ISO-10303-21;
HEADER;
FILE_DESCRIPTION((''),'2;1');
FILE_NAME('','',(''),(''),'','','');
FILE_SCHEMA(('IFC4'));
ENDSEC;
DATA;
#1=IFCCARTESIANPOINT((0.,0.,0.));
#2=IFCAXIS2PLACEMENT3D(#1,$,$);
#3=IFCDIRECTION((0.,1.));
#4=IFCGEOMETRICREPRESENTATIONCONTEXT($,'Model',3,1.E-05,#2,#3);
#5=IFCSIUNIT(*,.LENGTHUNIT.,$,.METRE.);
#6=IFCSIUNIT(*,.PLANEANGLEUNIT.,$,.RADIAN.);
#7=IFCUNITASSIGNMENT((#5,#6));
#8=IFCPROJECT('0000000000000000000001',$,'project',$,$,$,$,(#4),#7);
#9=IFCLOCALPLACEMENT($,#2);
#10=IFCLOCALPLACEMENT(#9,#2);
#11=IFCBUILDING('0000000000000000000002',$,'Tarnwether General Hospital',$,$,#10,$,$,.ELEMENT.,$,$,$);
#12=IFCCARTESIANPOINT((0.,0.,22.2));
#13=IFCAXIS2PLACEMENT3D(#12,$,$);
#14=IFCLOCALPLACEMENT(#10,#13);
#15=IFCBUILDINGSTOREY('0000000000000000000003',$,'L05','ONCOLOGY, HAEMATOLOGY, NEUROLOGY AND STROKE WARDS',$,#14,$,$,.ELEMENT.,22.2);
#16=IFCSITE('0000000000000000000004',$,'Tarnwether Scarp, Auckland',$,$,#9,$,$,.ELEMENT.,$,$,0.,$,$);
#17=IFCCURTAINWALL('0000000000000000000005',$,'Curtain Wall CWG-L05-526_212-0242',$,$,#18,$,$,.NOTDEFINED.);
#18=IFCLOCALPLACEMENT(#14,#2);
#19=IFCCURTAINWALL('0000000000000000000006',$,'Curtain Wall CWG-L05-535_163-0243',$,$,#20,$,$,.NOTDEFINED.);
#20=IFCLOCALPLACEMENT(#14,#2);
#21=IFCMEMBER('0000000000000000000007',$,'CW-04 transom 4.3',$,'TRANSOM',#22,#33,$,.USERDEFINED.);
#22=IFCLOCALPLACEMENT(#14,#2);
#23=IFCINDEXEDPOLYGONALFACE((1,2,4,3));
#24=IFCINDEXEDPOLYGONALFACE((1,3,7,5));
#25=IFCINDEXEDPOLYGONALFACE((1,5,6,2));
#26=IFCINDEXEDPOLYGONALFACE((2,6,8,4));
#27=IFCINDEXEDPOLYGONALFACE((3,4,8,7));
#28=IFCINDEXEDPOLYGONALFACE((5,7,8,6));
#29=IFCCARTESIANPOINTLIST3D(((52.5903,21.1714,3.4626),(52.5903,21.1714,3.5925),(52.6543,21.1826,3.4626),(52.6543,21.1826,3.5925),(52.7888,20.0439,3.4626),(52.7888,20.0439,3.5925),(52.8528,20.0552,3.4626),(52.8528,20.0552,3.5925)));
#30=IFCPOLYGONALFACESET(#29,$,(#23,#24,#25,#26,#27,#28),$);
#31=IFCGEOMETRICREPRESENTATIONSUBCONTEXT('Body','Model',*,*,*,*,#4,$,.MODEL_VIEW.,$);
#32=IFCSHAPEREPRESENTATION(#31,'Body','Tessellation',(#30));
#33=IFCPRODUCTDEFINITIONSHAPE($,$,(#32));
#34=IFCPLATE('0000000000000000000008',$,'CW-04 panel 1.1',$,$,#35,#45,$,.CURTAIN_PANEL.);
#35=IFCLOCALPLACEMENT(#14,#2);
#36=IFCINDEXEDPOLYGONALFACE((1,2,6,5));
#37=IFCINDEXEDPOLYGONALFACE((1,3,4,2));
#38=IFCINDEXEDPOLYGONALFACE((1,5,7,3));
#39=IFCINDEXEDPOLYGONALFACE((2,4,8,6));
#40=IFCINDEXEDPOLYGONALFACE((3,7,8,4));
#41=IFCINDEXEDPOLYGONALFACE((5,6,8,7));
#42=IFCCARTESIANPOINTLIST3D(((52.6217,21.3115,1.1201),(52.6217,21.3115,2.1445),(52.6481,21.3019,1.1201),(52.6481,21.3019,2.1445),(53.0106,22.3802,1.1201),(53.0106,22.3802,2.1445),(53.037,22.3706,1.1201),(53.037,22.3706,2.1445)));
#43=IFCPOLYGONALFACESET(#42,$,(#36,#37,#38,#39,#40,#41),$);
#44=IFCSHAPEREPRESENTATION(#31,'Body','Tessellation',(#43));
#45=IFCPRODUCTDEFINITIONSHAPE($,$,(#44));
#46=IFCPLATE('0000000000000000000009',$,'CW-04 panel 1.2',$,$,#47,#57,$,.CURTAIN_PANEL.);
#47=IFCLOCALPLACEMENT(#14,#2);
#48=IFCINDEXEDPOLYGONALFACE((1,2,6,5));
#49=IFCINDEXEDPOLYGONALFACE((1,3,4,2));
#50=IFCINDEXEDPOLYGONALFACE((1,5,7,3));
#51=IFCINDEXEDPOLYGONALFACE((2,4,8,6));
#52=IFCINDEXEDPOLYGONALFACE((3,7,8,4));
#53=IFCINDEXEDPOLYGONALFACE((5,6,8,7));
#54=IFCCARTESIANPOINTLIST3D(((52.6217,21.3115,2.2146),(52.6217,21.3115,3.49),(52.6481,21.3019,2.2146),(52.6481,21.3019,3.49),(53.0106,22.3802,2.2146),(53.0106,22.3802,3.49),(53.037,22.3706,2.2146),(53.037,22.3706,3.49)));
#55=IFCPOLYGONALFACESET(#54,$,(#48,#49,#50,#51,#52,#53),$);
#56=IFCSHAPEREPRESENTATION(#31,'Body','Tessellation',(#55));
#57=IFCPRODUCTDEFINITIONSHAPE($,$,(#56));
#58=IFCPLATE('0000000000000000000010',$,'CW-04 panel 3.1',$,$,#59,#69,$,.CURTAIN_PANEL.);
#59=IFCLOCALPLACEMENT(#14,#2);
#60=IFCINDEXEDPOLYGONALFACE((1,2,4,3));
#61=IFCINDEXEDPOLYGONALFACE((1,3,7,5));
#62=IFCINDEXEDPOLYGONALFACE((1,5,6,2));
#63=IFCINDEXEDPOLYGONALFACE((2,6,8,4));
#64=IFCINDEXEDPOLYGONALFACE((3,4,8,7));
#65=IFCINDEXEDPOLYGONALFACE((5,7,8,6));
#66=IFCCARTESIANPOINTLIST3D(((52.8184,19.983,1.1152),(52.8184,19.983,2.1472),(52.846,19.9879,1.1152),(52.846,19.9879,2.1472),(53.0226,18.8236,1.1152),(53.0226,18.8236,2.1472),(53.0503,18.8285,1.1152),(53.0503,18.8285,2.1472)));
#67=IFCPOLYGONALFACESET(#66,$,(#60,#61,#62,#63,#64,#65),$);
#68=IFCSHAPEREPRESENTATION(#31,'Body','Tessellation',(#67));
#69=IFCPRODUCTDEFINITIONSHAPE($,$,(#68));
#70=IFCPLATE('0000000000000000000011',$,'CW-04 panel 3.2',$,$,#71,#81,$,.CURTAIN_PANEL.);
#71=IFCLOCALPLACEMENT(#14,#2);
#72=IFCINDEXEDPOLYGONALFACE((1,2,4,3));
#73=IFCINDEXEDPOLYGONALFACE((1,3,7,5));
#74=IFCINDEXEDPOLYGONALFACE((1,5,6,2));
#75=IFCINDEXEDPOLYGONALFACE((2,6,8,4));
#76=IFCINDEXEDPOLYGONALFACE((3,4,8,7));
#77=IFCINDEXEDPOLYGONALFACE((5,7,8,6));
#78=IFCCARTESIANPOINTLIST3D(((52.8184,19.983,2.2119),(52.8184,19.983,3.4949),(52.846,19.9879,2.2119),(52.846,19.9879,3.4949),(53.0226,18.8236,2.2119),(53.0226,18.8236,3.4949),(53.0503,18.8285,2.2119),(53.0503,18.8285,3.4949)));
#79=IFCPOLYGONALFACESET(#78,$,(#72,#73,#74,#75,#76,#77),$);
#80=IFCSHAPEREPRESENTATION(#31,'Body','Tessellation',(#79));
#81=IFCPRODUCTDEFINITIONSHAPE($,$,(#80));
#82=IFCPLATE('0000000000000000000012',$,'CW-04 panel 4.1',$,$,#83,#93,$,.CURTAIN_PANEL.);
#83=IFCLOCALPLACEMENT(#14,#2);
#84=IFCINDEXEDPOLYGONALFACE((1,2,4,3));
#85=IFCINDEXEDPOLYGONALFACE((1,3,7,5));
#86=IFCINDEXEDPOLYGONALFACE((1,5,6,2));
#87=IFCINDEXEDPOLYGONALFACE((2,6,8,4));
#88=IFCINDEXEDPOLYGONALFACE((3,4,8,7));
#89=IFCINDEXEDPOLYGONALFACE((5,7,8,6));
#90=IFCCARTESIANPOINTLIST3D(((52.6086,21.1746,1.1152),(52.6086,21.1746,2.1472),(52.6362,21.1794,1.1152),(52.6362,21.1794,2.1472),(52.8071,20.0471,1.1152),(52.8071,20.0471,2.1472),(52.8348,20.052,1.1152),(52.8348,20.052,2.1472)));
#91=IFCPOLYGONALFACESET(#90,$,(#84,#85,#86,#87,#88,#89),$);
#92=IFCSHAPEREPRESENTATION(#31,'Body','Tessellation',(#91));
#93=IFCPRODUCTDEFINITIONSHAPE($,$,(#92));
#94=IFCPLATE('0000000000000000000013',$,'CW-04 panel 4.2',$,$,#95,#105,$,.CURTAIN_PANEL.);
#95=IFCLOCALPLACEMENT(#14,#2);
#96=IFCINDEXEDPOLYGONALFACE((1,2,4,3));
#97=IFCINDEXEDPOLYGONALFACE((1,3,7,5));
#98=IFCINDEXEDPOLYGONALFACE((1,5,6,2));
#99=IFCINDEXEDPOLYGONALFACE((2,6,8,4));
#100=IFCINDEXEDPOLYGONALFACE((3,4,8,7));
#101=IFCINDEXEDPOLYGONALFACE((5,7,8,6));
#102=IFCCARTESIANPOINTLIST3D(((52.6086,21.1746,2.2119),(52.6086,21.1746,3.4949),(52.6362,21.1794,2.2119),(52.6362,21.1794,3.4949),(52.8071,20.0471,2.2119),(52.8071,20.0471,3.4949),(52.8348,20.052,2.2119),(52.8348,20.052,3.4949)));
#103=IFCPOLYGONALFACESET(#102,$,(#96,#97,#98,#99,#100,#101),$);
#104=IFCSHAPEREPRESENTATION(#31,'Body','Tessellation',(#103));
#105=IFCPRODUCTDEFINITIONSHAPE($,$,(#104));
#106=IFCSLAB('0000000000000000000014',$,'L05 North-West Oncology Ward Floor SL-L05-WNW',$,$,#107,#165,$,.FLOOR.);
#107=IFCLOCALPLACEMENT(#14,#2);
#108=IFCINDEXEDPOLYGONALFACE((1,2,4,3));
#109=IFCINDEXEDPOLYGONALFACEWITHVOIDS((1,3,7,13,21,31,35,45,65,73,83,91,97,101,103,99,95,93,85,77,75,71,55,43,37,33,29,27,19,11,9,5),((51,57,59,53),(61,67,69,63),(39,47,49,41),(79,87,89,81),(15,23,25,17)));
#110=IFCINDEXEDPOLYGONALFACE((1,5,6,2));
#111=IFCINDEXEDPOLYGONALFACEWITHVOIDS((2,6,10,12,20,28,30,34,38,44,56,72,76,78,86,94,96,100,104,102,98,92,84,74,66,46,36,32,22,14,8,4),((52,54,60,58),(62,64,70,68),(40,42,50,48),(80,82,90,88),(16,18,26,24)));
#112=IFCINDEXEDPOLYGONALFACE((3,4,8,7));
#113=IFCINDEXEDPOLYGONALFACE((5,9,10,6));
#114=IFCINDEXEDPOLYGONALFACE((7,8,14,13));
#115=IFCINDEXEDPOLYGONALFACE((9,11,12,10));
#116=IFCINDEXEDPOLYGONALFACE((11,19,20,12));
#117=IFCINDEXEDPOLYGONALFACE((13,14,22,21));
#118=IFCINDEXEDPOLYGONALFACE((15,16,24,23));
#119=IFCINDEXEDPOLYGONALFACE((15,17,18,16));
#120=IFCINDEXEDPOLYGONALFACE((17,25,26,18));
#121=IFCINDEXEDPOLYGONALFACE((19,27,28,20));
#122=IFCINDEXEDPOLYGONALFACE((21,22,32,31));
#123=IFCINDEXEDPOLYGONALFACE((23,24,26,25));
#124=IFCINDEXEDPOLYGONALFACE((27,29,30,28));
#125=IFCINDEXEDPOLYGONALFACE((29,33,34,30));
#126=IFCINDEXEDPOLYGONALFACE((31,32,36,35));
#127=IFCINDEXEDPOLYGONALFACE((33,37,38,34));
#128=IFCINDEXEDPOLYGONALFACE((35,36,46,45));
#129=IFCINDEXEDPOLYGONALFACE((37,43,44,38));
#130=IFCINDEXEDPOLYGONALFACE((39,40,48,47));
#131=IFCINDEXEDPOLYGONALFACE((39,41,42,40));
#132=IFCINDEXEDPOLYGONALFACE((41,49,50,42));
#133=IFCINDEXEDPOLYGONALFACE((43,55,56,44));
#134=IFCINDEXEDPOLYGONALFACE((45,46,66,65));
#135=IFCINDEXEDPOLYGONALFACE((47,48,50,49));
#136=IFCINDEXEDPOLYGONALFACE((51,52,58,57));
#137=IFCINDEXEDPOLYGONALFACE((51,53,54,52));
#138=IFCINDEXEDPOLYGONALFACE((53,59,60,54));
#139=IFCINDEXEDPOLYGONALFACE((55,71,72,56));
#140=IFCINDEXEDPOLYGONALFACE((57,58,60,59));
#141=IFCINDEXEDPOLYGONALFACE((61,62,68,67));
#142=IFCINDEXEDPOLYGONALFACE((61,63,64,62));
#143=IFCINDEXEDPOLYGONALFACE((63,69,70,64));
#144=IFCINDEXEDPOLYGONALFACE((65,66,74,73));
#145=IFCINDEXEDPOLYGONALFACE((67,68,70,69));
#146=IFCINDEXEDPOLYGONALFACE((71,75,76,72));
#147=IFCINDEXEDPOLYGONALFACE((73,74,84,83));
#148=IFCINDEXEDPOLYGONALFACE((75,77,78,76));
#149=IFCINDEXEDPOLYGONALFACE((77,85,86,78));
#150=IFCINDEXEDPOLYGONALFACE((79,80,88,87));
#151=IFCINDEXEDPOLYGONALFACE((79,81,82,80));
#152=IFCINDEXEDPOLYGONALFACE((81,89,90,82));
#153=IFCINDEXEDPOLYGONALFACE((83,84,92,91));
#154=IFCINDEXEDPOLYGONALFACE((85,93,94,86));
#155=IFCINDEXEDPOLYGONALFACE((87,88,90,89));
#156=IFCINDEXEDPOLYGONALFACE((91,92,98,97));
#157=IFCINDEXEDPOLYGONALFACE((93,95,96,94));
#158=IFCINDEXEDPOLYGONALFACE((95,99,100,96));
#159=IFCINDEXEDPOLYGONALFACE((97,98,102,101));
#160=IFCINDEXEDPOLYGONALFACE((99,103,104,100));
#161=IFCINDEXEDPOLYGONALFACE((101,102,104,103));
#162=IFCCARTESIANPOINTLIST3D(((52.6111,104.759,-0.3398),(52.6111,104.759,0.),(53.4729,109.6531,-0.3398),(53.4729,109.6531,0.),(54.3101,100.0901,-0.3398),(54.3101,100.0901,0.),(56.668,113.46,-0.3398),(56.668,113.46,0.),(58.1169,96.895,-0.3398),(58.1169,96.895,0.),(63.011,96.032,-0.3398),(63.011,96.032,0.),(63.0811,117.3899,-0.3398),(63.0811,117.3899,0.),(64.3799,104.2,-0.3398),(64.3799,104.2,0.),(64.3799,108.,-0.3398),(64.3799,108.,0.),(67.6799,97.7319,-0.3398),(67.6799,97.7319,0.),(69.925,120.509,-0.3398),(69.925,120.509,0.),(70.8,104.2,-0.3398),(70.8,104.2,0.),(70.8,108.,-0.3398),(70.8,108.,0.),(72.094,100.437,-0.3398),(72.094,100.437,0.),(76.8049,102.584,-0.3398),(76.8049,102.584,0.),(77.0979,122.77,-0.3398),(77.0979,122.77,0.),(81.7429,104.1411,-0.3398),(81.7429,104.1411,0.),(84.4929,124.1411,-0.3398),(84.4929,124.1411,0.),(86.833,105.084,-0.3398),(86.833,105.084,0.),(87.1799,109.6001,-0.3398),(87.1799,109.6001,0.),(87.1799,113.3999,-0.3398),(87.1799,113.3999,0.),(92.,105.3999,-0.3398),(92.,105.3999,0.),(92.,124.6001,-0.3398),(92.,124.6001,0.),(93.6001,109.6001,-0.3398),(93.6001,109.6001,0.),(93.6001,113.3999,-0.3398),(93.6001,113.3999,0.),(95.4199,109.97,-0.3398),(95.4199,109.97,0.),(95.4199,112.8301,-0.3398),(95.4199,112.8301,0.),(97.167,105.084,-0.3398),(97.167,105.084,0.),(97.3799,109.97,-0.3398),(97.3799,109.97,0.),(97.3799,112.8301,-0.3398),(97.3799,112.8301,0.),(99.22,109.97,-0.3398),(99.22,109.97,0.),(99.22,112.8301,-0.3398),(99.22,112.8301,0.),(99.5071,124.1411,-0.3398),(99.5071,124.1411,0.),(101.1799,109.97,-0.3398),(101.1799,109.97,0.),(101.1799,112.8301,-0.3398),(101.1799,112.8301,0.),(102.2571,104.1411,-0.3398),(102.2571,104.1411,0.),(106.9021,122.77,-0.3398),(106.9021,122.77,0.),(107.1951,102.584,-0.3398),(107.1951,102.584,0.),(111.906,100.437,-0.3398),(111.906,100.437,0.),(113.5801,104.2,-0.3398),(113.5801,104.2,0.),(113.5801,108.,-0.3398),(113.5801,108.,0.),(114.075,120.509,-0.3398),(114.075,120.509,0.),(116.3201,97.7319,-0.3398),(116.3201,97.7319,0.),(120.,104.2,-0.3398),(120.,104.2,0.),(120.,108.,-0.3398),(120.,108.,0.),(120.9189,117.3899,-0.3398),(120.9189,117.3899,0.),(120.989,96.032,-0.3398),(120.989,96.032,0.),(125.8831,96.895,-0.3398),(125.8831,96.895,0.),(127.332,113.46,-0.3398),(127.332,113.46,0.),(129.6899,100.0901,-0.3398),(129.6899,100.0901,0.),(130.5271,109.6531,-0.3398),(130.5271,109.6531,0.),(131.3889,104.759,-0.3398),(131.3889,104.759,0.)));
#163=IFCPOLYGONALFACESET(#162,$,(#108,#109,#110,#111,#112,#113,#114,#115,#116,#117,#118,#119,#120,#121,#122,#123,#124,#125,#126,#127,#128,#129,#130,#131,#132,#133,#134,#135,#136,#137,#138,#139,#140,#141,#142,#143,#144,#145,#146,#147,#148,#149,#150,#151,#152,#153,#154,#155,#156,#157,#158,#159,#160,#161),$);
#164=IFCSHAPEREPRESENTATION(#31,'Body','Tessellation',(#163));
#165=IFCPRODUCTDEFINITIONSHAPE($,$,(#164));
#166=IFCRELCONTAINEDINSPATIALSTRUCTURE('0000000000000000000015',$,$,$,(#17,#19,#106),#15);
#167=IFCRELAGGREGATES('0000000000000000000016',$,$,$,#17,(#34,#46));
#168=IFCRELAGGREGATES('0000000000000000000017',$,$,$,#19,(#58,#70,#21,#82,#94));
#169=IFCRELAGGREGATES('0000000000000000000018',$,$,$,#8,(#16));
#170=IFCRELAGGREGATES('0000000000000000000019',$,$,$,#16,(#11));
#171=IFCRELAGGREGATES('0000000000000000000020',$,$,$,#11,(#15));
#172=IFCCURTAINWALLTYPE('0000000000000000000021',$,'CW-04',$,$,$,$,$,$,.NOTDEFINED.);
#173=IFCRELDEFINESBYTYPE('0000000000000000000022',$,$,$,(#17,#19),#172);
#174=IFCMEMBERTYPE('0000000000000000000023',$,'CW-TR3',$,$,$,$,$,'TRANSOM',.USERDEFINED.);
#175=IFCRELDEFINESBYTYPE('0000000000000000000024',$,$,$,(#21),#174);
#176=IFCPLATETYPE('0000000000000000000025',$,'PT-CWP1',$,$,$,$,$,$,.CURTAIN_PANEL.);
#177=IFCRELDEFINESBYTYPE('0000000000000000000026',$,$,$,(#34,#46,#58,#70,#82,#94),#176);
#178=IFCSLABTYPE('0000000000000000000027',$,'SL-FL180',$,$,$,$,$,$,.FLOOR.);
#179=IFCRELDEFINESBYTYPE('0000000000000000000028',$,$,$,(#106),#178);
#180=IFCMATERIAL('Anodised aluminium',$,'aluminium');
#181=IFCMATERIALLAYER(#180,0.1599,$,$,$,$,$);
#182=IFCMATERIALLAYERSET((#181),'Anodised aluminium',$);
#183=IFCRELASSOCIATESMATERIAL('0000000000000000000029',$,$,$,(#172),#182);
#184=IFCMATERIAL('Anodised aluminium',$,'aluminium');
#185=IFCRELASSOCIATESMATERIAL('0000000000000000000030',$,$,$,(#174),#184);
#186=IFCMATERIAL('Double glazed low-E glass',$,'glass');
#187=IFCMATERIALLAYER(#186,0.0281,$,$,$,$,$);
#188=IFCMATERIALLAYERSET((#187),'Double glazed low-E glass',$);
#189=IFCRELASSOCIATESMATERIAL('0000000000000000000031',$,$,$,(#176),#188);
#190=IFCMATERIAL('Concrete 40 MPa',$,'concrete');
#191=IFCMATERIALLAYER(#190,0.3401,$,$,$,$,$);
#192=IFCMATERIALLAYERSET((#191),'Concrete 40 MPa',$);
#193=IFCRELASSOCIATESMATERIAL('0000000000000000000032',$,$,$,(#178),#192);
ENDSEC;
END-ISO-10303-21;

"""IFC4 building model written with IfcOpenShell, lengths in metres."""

from ifc_helpers import new_model, si_unit, direction, frame, origin, origin_2d, place, context, subcontext, project, spatial, polyline, rectangle, outline, extrude, material, layer, layer_set, material_profile, profile_set, type_object, element, aggregate, save


model = new_model("IFC4")

# Units and contexts
model_context = context("Model", 3, precision=1e-05, world=origin(), true_north=direction((0.0, 1.0)))
body_context = subcontext(model_context, "Body", "Model", "MODEL_VIEW")
ifc_project = project(units=[si_unit("LENGTHUNIT", "METRE"), si_unit("PLANEANGLEUNIT", "RADIAN")], contexts=[model_context])

# Site, building, storey
site_placement = place(None, origin())
site = spatial("IfcSite", under=ifc_project, at=site_placement, Name="Tarnwether Scarp, Auckland", CompositionType="ELEMENT", RefElevation=0.0)
building_placement = place(site_placement, origin())
building = spatial("IfcBuilding", under=site, at=building_placement, Name="Tarnwether General Hospital", CompositionType="ELEMENT")
storey_placement = place(building_placement, frame((0.0, 0.0, 22.2)))
storey = spatial("IfcBuildingStorey", under=building, at=storey_placement, Name="L05", Description="ONCOLOGY, HAEMATOLOGY, NEUROLOGY AND STROKE WARDS", CompositionType="ELEMENT", Elevation=22.2)

# Curtain walls
ifc_material_1 = material(Name="Anodised aluminium", Category="aluminium")
ifc_layer_1 = layer(ifc_material_1, 0.1599)
ifc_layer_set_1 = layer_set([ifc_layer_1], Name="Anodised aluminium")
curtain_wall_type = type_object("IfcCurtainWallType", Name="CW-04", PredefinedType="NOTDEFINED", material=ifc_layer_set_1)
curtain_wall_1_placement = place(storey_placement, origin())
curtain_wall_1 = element("IfcCurtainWall", 1, at=curtain_wall_1_placement, inside=storey, type_object=curtain_wall_type, Name="Curtain Wall CWG-L05-526_212-0242", PredefinedType="NOTDEFINED")
curtain_wall_2_placement = place(storey_placement, origin())
curtain_wall_2 = element("IfcCurtainWall", 2, at=curtain_wall_2_placement, inside=storey, type_object=curtain_wall_type, Name="Curtain Wall CWG-L05-535_163-0243", PredefinedType="NOTDEFINED")

# Member
ifc_material_2 = material(Name="Anodised aluminium", Category="aluminium")
ifc_material_profile_1 = material_profile(ifc_material_2, rectangle(XDim=0.0649, YDim=0.1299, at=origin_2d()), Name="ALU-TRN-65x130")
ifc_profile_set_1 = profile_set([ifc_material_profile_1], Name="Anodised aluminium")
member_type_1 = type_object("IfcMemberType", Name="CW-TR3", ElementType="TRANSOM", PredefinedType="USERDEFINED", material=ifc_profile_set_1)
member_1_placement = place(storey_placement, frame((52.8208, 20.0496, 3.5276), z_axis=(-0.173384, 0.984854, 0.0), x_axis=(-0.984854, -0.173384, 0.0)))
member_1 = element("IfcMember", 3, at=member_1_placement, type_object=member_type_1, Name="CW-04 transom 4.3", ObjectType="TRANSOM", PredefinedType="USERDEFINED", context=body_context, shape_type="SweptSolid", body=[
    extrude(rectangle(XDim=0.0649, YDim=0.1299, at=origin_2d()), origin(), (0.0, 0.0, 1.0), 1.1448),
])

# Plates
ifc_material_3 = material(Name="Double glazed low-E glass", Category="glass")
ifc_layer_2 = layer(ifc_material_3, 0.0281)
ifc_layer_set_2 = layer_set([ifc_layer_2], Name="Double glazed low-E glass")
plate_type = type_object("IfcPlateType", Name="PT-CWP1", PredefinedType="CURTAIN_PANEL", material=ifc_layer_set_2)
plate_1_placement = place(storey_placement, frame((52.8293, 21.8411, 1.1201), z_axis=(0.0, 0.0, 1.0), x_axis=(0.341953, 0.939717, 0.0)))
plate_1 = element("IfcPlate", 4, at=plate_1_placement, type_object=plate_type, Name="CW-04 panel 1.1", PredefinedType="CURTAIN_PANEL", context=body_context, shape_type="SweptSolid", body=[
    extrude(rectangle(XDim=1.1372, YDim=0.0281, at=origin_2d()), origin(), (0.0, 0.0, 1.0), 1.0244),
])
plate_2_placement = place(storey_placement, frame((52.8293, 21.8411, 2.2146), z_axis=(0.0, 0.0, 1.0), x_axis=(0.341953, 0.939717, 0.0)))
plate_2 = element("IfcPlate", 5, at=plate_2_placement, type_object=plate_type, Name="CW-04 panel 1.2", PredefinedType="CURTAIN_PANEL", context=body_context, shape_type="SweptSolid", body=[
    extrude(rectangle(XDim=1.1372, YDim=0.0281, at=origin_2d()), origin(), (0.0, 0.0, 1.0), 1.2754),
])
aggregate(curtain_wall_1, [plate_1, plate_2])
plate_3_placement = place(storey_placement, frame((52.9343, 19.4058, 1.1152), z_axis=(0.0, 0.0, 1.0), x_axis=(-0.173464, 0.98484, 0.0)))
plate_3 = element("IfcPlate", 6, at=plate_3_placement, type_object=plate_type, Name="CW-04 panel 3.1", PredefinedType="CURTAIN_PANEL", context=body_context, shape_type="SweptSolid", body=[
    extrude(rectangle(XDim=1.1772, YDim=0.0281, at=origin_2d()), origin(), (0.0, 0.0, 1.0), 1.032),
])
plate_4_placement = place(storey_placement, frame((52.9343, 19.4058, 2.2119), z_axis=(0.0, 0.0, 1.0), x_axis=(-0.173464, 0.98484, 0.0)))
plate_4 = element("IfcPlate", 7, at=plate_4_placement, type_object=plate_type, Name="CW-04 panel 3.2", PredefinedType="CURTAIN_PANEL", context=body_context, shape_type="SweptSolid", body=[
    extrude(rectangle(XDim=1.1772, YDim=0.0281, at=origin_2d()), origin(), (0.0, 0.0, 1.0), 1.283),
])
plate_5_placement = place(storey_placement, frame((52.7217, 20.6133, 1.1152), z_axis=(0.0, 0.0, 1.0), x_axis=(-0.173464, 0.98484, 0.0)))
plate_5 = element("IfcPlate", 8, at=plate_5_placement, type_object=plate_type, Name="CW-04 panel 4.1", PredefinedType="CURTAIN_PANEL", context=body_context, shape_type="SweptSolid", body=[
    extrude(rectangle(XDim=1.1448, YDim=0.0281, at=origin_2d()), origin(), (0.0, 0.0, 1.0), 1.032),
])
plate_6_placement = place(storey_placement, frame((52.7217, 20.6133, 2.2119), z_axis=(0.0, 0.0, 1.0), x_axis=(-0.173464, 0.98484, 0.0)))
plate_6 = element("IfcPlate", 9, at=plate_6_placement, type_object=plate_type, Name="CW-04 panel 4.2", PredefinedType="CURTAIN_PANEL", context=body_context, shape_type="SweptSolid", body=[
    extrude(rectangle(XDim=1.1448, YDim=0.0281, at=origin_2d()), origin(), (0.0, 0.0, 1.0), 1.283),
])
aggregate(curtain_wall_2, [plate_3, plate_4, member_1, plate_5, plate_6])

# Slab
ifc_material_4 = material(Name="Concrete 40 MPa", Category="concrete")
ifc_layer_3 = layer(ifc_material_4, 0.3401)
ifc_layer_set_3 = layer_set([ifc_layer_3], Name="Concrete 40 MPa")
slab_type_1 = type_object("IfcSlabType", Name="SL-FL180", PredefinedType="FLOOR", material=ifc_layer_set_3)
slab_1_placement = place(storey_placement, frame((0.0, 0.0, -0.3398)))
element("IfcSlab", 10, at=slab_1_placement, inside=storey, type_object=slab_type_1, Name="L05 North-West Oncology Ward Floor SL-L05-WNW", PredefinedType="FLOOR", context=body_context, shape_type="SweptSolid", body=[
    extrude(outline(polyline([(56.668, 113.46), (63.0811, 117.3899), (69.925, 120.509), (77.0979, 122.77), (84.4929, 124.1411), (92.0, 124.6001), (99.5071, 124.1411), (106.9021, 122.77), (114.075, 120.509), (120.9189, 117.3899), (127.332, 113.46), (130.5271, 109.6531), (131.3889, 104.759), (129.6899, 100.0901), (125.8831, 96.895), (120.989, 96.032), (116.3201, 97.7319), (111.906, 100.437), (107.1951, 102.584), (102.2571, 104.1411), (97.167, 105.084), (92.0, 105.3999), (86.833, 105.084), (81.7429, 104.1411), (76.8049, 102.584), (72.094, 100.437), (67.6799, 97.7319), (63.011, 96.032), (58.1169, 96.895), (54.3101, 100.0901), (52.6111, 104.759), (53.4729, 109.6531), (56.668, 113.46)]), holes=[polyline([(64.3799, 108.0), (64.3799, 104.2), (70.8, 104.2), (70.8, 108.0), (64.3799, 108.0)]), polyline([(113.5801, 108.0), (113.5801, 104.2), (120.0, 104.2), (120.0, 108.0), (113.5801, 108.0)]), polyline([(95.4199, 112.8301), (95.4199, 109.97), (97.3799, 109.97), (97.3799, 112.8301), (95.4199, 112.8301)]), polyline([(101.1799, 112.8301), (99.22, 112.8301), (99.22, 109.97), (101.1799, 109.97), (101.1799, 112.8301)]), polyline([(93.6001, 113.3999), (87.1799, 113.3999), (87.1799, 109.6001), (93.6001, 109.6001), (93.6001, 113.3999)])]), origin(), (0.0, 0.0, 1.0), 0.3398),
])

save(model, "model.ifc")
